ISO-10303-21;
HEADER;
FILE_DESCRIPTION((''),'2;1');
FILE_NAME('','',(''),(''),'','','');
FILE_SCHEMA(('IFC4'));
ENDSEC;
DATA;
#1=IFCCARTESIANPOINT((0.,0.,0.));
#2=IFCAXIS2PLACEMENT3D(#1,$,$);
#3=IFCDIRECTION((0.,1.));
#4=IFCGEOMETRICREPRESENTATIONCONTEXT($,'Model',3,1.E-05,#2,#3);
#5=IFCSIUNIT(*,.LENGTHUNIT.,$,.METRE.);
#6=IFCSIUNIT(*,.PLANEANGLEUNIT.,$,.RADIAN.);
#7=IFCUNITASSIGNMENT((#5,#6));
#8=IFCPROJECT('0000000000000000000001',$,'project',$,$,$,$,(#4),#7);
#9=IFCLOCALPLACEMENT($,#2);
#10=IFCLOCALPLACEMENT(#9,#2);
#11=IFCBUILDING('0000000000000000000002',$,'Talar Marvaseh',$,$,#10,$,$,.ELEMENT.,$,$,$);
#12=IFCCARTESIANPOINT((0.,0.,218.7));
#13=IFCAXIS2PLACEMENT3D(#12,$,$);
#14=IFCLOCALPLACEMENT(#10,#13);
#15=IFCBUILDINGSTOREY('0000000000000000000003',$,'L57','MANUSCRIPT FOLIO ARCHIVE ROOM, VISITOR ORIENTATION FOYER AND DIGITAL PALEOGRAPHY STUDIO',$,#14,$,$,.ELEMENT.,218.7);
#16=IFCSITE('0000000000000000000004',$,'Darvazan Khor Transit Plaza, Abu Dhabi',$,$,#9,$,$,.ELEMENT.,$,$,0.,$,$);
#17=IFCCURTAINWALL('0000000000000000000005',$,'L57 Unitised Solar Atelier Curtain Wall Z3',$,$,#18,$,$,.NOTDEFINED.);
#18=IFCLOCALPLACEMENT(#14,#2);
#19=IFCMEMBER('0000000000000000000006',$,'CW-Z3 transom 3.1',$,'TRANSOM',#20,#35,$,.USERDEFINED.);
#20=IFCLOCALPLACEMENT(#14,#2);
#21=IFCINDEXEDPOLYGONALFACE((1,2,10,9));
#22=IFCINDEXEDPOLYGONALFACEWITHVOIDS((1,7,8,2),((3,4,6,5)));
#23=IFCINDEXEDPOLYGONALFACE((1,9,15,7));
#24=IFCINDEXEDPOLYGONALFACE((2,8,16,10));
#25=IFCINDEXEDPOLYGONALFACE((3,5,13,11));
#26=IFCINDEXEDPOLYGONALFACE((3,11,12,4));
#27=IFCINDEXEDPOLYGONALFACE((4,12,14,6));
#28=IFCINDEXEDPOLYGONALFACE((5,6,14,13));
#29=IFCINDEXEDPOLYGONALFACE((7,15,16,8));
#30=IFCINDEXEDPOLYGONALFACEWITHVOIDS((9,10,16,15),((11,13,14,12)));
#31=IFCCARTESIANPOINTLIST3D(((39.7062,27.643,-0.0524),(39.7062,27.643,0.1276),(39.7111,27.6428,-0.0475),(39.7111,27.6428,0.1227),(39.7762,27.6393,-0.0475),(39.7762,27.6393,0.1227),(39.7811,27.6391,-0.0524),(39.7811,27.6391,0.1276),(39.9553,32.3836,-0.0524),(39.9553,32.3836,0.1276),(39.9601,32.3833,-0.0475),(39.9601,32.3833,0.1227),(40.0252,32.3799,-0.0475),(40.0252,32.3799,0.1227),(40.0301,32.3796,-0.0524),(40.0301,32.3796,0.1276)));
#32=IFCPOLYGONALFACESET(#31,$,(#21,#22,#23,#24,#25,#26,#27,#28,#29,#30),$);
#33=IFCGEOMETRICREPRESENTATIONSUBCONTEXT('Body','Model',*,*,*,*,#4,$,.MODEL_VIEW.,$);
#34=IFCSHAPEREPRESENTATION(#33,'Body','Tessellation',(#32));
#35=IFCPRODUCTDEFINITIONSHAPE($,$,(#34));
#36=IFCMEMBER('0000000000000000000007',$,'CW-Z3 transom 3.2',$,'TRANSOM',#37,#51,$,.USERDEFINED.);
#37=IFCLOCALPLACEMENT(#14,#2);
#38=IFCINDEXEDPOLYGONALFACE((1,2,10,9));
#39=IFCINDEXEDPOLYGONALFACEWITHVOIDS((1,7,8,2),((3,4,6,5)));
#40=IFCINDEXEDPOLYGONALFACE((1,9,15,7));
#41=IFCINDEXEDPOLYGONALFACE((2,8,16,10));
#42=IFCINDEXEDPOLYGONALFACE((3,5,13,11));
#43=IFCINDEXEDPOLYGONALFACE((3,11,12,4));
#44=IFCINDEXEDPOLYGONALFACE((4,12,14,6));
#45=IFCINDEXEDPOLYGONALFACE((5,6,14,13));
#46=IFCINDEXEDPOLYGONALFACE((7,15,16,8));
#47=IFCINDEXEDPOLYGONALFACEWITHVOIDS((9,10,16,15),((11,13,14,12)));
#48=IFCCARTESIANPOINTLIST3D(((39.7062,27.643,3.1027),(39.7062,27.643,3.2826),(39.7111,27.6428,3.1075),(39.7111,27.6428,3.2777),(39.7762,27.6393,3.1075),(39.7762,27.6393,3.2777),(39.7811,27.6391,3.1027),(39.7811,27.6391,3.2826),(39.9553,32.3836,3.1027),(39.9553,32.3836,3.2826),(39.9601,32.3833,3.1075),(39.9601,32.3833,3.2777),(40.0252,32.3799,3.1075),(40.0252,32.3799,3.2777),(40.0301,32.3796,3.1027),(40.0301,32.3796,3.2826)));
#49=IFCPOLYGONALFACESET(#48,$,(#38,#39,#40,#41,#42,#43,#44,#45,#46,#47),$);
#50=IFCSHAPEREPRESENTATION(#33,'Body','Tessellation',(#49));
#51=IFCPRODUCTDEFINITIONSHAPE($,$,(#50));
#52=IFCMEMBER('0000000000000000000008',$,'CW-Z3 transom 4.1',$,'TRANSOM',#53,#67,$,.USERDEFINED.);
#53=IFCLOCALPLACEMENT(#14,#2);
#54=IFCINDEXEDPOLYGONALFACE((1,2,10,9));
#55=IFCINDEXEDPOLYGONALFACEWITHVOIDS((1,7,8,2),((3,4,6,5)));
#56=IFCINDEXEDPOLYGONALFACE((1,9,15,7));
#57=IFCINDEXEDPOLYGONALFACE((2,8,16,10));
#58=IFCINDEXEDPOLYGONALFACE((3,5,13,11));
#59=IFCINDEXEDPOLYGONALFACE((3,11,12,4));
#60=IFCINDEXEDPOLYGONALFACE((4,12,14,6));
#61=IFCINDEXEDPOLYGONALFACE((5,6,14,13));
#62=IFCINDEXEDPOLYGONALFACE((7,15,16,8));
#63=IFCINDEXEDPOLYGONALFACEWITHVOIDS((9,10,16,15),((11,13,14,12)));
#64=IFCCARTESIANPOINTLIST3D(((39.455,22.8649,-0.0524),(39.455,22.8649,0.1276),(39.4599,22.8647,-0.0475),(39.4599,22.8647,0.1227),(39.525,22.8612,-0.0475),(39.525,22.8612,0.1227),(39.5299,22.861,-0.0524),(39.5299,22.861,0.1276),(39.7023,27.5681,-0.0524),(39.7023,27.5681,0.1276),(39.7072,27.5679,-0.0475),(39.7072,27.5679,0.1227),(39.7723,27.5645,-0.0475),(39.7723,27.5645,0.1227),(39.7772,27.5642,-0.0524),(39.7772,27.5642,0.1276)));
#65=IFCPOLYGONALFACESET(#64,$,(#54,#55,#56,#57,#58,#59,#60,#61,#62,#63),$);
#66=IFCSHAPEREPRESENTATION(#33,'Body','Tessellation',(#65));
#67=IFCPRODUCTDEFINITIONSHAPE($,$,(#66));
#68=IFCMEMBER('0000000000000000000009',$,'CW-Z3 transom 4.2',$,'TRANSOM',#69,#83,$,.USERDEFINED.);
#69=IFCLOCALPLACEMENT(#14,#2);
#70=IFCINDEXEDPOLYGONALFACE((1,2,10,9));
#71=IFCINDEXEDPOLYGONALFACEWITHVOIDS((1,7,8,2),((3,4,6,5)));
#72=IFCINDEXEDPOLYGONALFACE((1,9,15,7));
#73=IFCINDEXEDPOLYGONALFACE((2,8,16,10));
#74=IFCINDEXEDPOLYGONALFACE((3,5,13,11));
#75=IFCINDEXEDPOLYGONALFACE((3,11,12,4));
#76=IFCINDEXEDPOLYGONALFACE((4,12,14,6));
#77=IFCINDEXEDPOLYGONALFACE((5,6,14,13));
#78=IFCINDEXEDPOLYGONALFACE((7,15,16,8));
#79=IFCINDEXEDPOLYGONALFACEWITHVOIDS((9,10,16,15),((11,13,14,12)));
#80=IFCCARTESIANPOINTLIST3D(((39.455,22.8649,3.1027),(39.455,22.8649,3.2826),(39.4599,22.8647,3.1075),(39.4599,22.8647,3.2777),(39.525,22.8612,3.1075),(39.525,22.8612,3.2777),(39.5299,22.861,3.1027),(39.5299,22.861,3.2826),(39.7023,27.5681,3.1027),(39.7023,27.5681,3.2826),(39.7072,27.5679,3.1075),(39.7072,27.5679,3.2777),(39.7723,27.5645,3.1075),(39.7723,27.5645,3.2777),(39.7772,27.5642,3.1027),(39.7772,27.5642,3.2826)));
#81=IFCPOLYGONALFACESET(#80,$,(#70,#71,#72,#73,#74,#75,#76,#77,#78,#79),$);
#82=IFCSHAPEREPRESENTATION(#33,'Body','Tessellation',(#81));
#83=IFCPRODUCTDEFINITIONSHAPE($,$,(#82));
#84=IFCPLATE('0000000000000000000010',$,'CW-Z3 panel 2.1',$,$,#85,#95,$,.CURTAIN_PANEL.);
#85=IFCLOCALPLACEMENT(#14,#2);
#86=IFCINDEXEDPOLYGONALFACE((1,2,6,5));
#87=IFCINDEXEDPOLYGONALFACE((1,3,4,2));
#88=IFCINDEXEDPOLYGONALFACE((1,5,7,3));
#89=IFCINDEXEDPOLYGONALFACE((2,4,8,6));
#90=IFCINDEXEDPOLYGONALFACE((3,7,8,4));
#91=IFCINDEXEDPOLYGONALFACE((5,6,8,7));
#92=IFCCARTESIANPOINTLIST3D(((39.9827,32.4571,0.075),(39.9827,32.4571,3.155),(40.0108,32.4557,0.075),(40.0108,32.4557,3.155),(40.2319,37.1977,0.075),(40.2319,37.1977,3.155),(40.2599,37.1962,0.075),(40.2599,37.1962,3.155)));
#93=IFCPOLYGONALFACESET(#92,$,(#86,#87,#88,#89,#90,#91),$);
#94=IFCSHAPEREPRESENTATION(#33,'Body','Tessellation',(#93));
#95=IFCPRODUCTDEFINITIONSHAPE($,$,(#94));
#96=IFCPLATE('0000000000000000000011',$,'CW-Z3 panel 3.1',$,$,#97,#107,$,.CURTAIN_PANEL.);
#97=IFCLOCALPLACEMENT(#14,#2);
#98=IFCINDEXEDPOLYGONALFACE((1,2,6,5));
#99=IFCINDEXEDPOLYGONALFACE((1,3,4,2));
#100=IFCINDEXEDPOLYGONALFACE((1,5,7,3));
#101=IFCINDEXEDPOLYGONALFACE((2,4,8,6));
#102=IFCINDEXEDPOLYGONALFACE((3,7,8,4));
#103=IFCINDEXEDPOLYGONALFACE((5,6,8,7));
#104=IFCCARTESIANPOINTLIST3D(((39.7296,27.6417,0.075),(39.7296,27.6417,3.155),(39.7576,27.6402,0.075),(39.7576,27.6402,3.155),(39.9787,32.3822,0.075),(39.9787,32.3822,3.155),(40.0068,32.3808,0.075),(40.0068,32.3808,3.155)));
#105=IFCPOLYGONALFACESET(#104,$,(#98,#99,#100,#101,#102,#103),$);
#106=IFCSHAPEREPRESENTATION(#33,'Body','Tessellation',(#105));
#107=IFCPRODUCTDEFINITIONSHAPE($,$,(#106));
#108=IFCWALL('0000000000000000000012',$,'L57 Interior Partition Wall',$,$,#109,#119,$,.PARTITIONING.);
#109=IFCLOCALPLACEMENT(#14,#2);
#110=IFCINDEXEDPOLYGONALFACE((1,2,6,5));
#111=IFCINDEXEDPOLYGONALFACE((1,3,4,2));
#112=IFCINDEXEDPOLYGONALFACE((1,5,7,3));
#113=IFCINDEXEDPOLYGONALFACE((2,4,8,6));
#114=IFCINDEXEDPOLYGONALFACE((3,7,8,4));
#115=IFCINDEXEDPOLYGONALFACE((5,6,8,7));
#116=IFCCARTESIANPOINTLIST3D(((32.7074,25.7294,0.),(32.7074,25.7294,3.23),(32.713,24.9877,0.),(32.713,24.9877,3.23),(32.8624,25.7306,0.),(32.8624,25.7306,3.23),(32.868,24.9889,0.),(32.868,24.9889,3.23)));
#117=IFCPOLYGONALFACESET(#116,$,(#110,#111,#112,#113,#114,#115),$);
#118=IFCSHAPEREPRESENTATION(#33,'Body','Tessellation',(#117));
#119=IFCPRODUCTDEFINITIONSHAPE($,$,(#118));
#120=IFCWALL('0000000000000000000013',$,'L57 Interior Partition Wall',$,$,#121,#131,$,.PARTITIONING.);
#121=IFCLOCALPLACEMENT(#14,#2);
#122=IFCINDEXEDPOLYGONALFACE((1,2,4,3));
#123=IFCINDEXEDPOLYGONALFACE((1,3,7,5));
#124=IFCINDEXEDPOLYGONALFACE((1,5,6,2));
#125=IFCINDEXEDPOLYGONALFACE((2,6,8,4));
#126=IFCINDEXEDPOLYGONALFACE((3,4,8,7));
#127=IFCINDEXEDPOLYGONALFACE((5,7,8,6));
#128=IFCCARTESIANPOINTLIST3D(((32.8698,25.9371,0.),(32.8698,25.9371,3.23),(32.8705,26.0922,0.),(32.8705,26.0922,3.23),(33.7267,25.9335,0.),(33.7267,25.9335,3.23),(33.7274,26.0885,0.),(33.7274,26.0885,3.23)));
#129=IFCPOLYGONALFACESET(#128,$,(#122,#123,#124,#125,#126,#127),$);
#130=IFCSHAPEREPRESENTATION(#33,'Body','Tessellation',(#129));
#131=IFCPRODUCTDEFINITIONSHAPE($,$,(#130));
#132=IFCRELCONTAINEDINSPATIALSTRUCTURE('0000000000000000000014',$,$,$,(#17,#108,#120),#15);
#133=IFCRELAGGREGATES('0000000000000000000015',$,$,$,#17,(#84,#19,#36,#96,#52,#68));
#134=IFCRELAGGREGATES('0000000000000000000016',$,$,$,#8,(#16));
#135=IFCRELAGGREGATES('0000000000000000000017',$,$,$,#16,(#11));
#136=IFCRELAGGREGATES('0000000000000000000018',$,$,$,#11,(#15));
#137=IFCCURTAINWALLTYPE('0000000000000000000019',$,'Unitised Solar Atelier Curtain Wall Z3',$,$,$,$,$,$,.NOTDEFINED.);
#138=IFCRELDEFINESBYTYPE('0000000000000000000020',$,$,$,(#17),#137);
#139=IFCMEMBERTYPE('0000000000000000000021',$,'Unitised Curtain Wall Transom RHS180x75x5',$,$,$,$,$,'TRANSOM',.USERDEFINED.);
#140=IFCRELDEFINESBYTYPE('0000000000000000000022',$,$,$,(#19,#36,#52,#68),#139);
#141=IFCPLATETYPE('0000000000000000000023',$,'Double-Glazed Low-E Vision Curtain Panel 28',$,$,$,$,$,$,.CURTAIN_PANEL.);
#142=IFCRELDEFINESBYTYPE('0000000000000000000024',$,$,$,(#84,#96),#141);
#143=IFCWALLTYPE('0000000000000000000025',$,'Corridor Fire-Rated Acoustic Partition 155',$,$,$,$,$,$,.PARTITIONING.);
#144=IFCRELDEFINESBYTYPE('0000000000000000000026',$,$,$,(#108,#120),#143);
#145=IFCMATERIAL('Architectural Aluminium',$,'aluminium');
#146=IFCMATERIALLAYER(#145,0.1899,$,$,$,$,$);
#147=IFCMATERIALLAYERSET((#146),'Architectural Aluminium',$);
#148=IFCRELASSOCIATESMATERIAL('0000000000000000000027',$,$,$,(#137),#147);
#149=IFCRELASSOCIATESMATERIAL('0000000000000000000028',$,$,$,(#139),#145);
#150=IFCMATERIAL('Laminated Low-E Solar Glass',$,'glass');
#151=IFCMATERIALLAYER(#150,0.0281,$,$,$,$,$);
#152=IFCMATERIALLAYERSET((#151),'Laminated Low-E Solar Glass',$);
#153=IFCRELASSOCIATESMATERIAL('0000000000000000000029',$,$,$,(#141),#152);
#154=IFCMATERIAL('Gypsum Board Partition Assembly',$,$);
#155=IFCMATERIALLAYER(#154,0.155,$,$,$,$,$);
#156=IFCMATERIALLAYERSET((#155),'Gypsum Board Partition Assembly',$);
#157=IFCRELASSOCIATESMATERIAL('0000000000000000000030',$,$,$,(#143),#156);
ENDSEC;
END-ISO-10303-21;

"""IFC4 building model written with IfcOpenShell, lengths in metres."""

from ifc_helpers import new_model, si_unit, direction, frame, frame_2d, origin, origin_2d, place, context, subcontext, project, spatial, rectangle, hollow_rectangle, extrude, source, transform, mapped, material, layer, layer_set, material_profile, profile_set, type_object, type_shapes, element, aggregate, save


model = new_model("IFC4")

# Units and contexts
model_context = context("Model", 3, precision=1e-05, world=origin(), true_north=direction((0.0, 1.0)))
body_context = subcontext(model_context, "Body", "Model", "MODEL_VIEW")
ifc_project = project(units=[si_unit("LENGTHUNIT", "METRE"), si_unit("PLANEANGLEUNIT", "RADIAN")], contexts=[model_context])

# Site, building, storey
site_placement = place(None, origin())
site = spatial("IfcSite", under=ifc_project, at=site_placement, Name="Darvazan Khor Transit Plaza, Abu Dhabi", CompositionType="ELEMENT", RefElevation=0.0)
building_placement = place(site_placement, origin())
building = spatial("IfcBuilding", under=site, at=building_placement, Name="Talar Marvaseh", CompositionType="ELEMENT")
storey_placement = place(building_placement, frame((0.0, 0.0, 218.7)))
storey = spatial("IfcBuildingStorey", under=building, at=storey_placement, Name="L57", Description="MANUSCRIPT FOLIO ARCHIVE ROOM, VISITOR ORIENTATION FOYER AND DIGITAL PALEOGRAPHY STUDIO", CompositionType="ELEMENT", Elevation=218.7)

# Curtain wall, members, plates
ifc_material_1 = material(Name="Architectural Aluminium", Category="aluminium")
ifc_layer_1 = layer(ifc_material_1, 0.1899)
ifc_layer_set_1 = layer_set([ifc_layer_1], Name="Architectural Aluminium")
curtain_wall_type = type_object("IfcCurtainWallType", Name="Unitised Solar Atelier Curtain Wall Z3", PredefinedType="NOTDEFINED", material=ifc_layer_set_1)
curtain_wall_placement = place(storey_placement, origin())
curtain_wall = element("IfcCurtainWall", 1, at=curtain_wall_placement, inside=storey, type_object=curtain_wall_type, Name="L57 Unitised Solar Atelier Curtain Wall Z3", PredefinedType="NOTDEFINED")
ifc_material_profile_1 = material_profile(ifc_material_1, hollow_rectangle(XDim=0.075, YDim=0.1799, WallThickness=0.0049, at=origin_2d()), Name="RHS180x75x5")
ifc_profile_set_1 = profile_set([ifc_material_profile_1], Name="Architectural Aluminium")
member_type_1 = type_object("IfcMemberType", Name="Unitised Curtain Wall Transom RHS180x75x5", ElementType="TRANSOM", PredefinedType="USERDEFINED", material=ifc_profile_set_1)
shared_shape_1 = source(origin(), body_context, "Body", "SweptSolid", [
    extrude(hollow_rectangle(XDim=0.075, YDim=0.1799, WallThickness=0.0049, at=origin_2d()), origin(), (0.0, 0.0, 1.0), 4.7471),
])
member_1_placement = place(storey_placement, frame((39.9927, 32.3816, 0.0376), z_axis=(-0.052459, -0.998623, 0.0), x_axis=(0.998623, -0.052459, 0.0)))
member_1 = element("IfcMember", 2, at=member_1_placement, type_object=member_type_1, Name="CW-Z3 transom 3.1", ObjectType="TRANSOM", PredefinedType="USERDEFINED", context=body_context, shape_type="MappedRepresentation", body=[
    mapped(shared_shape_1, transform((0.0, 0.0, 0.0), x_axis=(1.0, 0.0, 0.0), y_axis=(0.0, 1.0, 0.0), z_axis=(0.0, 0.0, 1.0), scale=1.0)),
])
member_2_placement = place(storey_placement, frame((39.9927, 32.3816, 3.1926), z_axis=(-0.052459, -0.998623, 0.0), x_axis=(0.998623, -0.052459, 0.0)))
member_2 = element("IfcMember", 3, at=member_2_placement, type_object=member_type_1, Name="CW-Z3 transom 3.2", ObjectType="TRANSOM", PredefinedType="USERDEFINED", context=body_context, shape_type="MappedRepresentation", body=[
    mapped(shared_shape_1, transform((0.0, 0.0, 0.0), x_axis=(1.0, 0.0, 0.0), y_axis=(0.0, 1.0, 0.0), z_axis=(0.0, 0.0, 1.0), scale=1.0)),
])
shared_shape_2 = source(origin(), body_context, "Body", "SweptSolid", [
    extrude(hollow_rectangle(XDim=0.075, YDim=0.1799, WallThickness=0.0049, at=origin_2d()), origin(), (0.0, 0.0, 1.0), 4.7097),
])
type_shapes(member_type_1, [shared_shape_1, shared_shape_2])
member_3_placement = place(storey_placement, frame((39.7397, 27.5662, 0.0376), z_axis=(-0.052513, -0.99862, 0.0), x_axis=(0.99862, -0.052513, 0.0)))
member_3 = element("IfcMember", 4, at=member_3_placement, type_object=member_type_1, Name="CW-Z3 transom 4.1", ObjectType="TRANSOM", PredefinedType="USERDEFINED", context=body_context, shape_type="MappedRepresentation", body=[
    mapped(shared_shape_2, transform((0.0, 0.0, 0.0), x_axis=(1.0, 0.0, 0.0), y_axis=(0.0, 1.0, 0.0), z_axis=(0.0, 0.0, 1.0), scale=1.0)),
])
member_4_placement = place(storey_placement, frame((39.7397, 27.5662, 3.1926), z_axis=(-0.052513, -0.99862, 0.0), x_axis=(0.99862, -0.052513, 0.0)))
member_4 = element("IfcMember", 5, at=member_4_placement, type_object=member_type_1, Name="CW-Z3 transom 4.2", ObjectType="TRANSOM", PredefinedType="USERDEFINED", context=body_context, shape_type="MappedRepresentation", body=[
    mapped(shared_shape_2, transform((0.0, 0.0, 0.0), x_axis=(1.0, 0.0, 0.0), y_axis=(0.0, 1.0, 0.0), z_axis=(0.0, 0.0, 1.0), scale=1.0)),
])
ifc_material_2 = material(Name="Laminated Low-E Solar Glass", Category="glass")
ifc_layer_2 = layer(ifc_material_2, 0.0281)
ifc_layer_set_2 = layer_set([ifc_layer_2], Name="Laminated Low-E Solar Glass")
plate_type = type_object("IfcPlateType", Name="Double-Glazed Low-E Vision Curtain Panel 28", PredefinedType="CURTAIN_PANEL", material=ifc_layer_set_2)
shared_shape_3 = source(origin(), body_context, "Body", "SweptSolid", [
    extrude(rectangle(XDim=4.7471, YDim=0.0281, at=origin_2d()), origin(), (0.0, 0.0, 1.0), 3.0801),
])
type_shapes(plate_type, [shared_shape_3])
plate_1_placement = place(storey_placement, frame((40.1213, 34.8267, 0.075), z_axis=(0.0, 0.0, 1.0), x_axis=(-0.052488, -0.998622, 0.0)))
plate_1 = element("IfcPlate", 6, at=plate_1_placement, type_object=plate_type, Name="CW-Z3 panel 2.1", PredefinedType="CURTAIN_PANEL", context=body_context, shape_type="MappedRepresentation", body=[
    mapped(shared_shape_3, transform((0.0, 0.0, 0.0), x_axis=(1.0, 0.0, 0.0), y_axis=(0.0, 1.0, 0.0), z_axis=(0.0, 0.0, 1.0), scale=1.0)),
])
plate_2_placement = place(storey_placement, frame((39.8682, 30.0112, 0.075), z_axis=(0.0, 0.0, 1.0), x_axis=(-0.052488, -0.998622, 0.0)))
plate_2 = element("IfcPlate", 7, at=plate_2_placement, type_object=plate_type, Name="CW-Z3 panel 3.1", PredefinedType="CURTAIN_PANEL", context=body_context, shape_type="MappedRepresentation", body=[
    mapped(shared_shape_3, transform((0.0, 0.0, 0.0), x_axis=(1.0, 0.0, 0.0), y_axis=(0.0, 1.0, 0.0), z_axis=(0.0, 0.0, 1.0), scale=1.0)),
])
aggregate(curtain_wall, [plate_1, member_1, member_2, plate_2, member_3, member_4])

# Walls
ifc_material_3 = material(Name="Gypsum Board Partition Assembly")
ifc_layer_3 = layer(ifc_material_3, 0.155)
ifc_layer_set_3 = layer_set([ifc_layer_3], Name="Gypsum Board Partition Assembly")
wall_type_1 = type_object("IfcWallType", Name="Corridor Fire-Rated Acoustic Partition 155", PredefinedType="PARTITIONING", material=ifc_layer_set_3)
wall_1_placement = place(storey_placement, frame((32.7849, 25.73, 0.0), z_axis=(0.0, 0.0, 1.0), x_axis=(0.007571, -0.999971, 0.0)))
element("IfcWall", 8, at=wall_1_placement, inside=storey, type_object=wall_type_1, Name="L57 Interior Partition Wall", PredefinedType="PARTITIONING", context=body_context, shape_type="SweptSolid", body=[
    extrude(rectangle(XDim=0.7417, YDim=0.155, at=frame_2d((0.3708, 0.0))), origin(), (0.0, 0.0, 1.0), 3.23),
])
wall_2_placement = place(storey_placement, frame((33.7271, 26.011, 0.0), z_axis=(0.0, 0.0, 1.0), x_axis=(-0.999991, 0.004273, 0.0)))
element("IfcWall", 9, at=wall_2_placement, inside=storey, type_object=wall_type_1, Name="L57 Interior Partition Wall", PredefinedType="PARTITIONING", context=body_context, shape_type="SweptSolid", body=[
    extrude(rectangle(XDim=0.8569, YDim=0.155, at=frame_2d((0.4285, 0.0))), origin(), (0.0, 0.0, 1.0), 3.23),
])

save(model, "model.ifc")
